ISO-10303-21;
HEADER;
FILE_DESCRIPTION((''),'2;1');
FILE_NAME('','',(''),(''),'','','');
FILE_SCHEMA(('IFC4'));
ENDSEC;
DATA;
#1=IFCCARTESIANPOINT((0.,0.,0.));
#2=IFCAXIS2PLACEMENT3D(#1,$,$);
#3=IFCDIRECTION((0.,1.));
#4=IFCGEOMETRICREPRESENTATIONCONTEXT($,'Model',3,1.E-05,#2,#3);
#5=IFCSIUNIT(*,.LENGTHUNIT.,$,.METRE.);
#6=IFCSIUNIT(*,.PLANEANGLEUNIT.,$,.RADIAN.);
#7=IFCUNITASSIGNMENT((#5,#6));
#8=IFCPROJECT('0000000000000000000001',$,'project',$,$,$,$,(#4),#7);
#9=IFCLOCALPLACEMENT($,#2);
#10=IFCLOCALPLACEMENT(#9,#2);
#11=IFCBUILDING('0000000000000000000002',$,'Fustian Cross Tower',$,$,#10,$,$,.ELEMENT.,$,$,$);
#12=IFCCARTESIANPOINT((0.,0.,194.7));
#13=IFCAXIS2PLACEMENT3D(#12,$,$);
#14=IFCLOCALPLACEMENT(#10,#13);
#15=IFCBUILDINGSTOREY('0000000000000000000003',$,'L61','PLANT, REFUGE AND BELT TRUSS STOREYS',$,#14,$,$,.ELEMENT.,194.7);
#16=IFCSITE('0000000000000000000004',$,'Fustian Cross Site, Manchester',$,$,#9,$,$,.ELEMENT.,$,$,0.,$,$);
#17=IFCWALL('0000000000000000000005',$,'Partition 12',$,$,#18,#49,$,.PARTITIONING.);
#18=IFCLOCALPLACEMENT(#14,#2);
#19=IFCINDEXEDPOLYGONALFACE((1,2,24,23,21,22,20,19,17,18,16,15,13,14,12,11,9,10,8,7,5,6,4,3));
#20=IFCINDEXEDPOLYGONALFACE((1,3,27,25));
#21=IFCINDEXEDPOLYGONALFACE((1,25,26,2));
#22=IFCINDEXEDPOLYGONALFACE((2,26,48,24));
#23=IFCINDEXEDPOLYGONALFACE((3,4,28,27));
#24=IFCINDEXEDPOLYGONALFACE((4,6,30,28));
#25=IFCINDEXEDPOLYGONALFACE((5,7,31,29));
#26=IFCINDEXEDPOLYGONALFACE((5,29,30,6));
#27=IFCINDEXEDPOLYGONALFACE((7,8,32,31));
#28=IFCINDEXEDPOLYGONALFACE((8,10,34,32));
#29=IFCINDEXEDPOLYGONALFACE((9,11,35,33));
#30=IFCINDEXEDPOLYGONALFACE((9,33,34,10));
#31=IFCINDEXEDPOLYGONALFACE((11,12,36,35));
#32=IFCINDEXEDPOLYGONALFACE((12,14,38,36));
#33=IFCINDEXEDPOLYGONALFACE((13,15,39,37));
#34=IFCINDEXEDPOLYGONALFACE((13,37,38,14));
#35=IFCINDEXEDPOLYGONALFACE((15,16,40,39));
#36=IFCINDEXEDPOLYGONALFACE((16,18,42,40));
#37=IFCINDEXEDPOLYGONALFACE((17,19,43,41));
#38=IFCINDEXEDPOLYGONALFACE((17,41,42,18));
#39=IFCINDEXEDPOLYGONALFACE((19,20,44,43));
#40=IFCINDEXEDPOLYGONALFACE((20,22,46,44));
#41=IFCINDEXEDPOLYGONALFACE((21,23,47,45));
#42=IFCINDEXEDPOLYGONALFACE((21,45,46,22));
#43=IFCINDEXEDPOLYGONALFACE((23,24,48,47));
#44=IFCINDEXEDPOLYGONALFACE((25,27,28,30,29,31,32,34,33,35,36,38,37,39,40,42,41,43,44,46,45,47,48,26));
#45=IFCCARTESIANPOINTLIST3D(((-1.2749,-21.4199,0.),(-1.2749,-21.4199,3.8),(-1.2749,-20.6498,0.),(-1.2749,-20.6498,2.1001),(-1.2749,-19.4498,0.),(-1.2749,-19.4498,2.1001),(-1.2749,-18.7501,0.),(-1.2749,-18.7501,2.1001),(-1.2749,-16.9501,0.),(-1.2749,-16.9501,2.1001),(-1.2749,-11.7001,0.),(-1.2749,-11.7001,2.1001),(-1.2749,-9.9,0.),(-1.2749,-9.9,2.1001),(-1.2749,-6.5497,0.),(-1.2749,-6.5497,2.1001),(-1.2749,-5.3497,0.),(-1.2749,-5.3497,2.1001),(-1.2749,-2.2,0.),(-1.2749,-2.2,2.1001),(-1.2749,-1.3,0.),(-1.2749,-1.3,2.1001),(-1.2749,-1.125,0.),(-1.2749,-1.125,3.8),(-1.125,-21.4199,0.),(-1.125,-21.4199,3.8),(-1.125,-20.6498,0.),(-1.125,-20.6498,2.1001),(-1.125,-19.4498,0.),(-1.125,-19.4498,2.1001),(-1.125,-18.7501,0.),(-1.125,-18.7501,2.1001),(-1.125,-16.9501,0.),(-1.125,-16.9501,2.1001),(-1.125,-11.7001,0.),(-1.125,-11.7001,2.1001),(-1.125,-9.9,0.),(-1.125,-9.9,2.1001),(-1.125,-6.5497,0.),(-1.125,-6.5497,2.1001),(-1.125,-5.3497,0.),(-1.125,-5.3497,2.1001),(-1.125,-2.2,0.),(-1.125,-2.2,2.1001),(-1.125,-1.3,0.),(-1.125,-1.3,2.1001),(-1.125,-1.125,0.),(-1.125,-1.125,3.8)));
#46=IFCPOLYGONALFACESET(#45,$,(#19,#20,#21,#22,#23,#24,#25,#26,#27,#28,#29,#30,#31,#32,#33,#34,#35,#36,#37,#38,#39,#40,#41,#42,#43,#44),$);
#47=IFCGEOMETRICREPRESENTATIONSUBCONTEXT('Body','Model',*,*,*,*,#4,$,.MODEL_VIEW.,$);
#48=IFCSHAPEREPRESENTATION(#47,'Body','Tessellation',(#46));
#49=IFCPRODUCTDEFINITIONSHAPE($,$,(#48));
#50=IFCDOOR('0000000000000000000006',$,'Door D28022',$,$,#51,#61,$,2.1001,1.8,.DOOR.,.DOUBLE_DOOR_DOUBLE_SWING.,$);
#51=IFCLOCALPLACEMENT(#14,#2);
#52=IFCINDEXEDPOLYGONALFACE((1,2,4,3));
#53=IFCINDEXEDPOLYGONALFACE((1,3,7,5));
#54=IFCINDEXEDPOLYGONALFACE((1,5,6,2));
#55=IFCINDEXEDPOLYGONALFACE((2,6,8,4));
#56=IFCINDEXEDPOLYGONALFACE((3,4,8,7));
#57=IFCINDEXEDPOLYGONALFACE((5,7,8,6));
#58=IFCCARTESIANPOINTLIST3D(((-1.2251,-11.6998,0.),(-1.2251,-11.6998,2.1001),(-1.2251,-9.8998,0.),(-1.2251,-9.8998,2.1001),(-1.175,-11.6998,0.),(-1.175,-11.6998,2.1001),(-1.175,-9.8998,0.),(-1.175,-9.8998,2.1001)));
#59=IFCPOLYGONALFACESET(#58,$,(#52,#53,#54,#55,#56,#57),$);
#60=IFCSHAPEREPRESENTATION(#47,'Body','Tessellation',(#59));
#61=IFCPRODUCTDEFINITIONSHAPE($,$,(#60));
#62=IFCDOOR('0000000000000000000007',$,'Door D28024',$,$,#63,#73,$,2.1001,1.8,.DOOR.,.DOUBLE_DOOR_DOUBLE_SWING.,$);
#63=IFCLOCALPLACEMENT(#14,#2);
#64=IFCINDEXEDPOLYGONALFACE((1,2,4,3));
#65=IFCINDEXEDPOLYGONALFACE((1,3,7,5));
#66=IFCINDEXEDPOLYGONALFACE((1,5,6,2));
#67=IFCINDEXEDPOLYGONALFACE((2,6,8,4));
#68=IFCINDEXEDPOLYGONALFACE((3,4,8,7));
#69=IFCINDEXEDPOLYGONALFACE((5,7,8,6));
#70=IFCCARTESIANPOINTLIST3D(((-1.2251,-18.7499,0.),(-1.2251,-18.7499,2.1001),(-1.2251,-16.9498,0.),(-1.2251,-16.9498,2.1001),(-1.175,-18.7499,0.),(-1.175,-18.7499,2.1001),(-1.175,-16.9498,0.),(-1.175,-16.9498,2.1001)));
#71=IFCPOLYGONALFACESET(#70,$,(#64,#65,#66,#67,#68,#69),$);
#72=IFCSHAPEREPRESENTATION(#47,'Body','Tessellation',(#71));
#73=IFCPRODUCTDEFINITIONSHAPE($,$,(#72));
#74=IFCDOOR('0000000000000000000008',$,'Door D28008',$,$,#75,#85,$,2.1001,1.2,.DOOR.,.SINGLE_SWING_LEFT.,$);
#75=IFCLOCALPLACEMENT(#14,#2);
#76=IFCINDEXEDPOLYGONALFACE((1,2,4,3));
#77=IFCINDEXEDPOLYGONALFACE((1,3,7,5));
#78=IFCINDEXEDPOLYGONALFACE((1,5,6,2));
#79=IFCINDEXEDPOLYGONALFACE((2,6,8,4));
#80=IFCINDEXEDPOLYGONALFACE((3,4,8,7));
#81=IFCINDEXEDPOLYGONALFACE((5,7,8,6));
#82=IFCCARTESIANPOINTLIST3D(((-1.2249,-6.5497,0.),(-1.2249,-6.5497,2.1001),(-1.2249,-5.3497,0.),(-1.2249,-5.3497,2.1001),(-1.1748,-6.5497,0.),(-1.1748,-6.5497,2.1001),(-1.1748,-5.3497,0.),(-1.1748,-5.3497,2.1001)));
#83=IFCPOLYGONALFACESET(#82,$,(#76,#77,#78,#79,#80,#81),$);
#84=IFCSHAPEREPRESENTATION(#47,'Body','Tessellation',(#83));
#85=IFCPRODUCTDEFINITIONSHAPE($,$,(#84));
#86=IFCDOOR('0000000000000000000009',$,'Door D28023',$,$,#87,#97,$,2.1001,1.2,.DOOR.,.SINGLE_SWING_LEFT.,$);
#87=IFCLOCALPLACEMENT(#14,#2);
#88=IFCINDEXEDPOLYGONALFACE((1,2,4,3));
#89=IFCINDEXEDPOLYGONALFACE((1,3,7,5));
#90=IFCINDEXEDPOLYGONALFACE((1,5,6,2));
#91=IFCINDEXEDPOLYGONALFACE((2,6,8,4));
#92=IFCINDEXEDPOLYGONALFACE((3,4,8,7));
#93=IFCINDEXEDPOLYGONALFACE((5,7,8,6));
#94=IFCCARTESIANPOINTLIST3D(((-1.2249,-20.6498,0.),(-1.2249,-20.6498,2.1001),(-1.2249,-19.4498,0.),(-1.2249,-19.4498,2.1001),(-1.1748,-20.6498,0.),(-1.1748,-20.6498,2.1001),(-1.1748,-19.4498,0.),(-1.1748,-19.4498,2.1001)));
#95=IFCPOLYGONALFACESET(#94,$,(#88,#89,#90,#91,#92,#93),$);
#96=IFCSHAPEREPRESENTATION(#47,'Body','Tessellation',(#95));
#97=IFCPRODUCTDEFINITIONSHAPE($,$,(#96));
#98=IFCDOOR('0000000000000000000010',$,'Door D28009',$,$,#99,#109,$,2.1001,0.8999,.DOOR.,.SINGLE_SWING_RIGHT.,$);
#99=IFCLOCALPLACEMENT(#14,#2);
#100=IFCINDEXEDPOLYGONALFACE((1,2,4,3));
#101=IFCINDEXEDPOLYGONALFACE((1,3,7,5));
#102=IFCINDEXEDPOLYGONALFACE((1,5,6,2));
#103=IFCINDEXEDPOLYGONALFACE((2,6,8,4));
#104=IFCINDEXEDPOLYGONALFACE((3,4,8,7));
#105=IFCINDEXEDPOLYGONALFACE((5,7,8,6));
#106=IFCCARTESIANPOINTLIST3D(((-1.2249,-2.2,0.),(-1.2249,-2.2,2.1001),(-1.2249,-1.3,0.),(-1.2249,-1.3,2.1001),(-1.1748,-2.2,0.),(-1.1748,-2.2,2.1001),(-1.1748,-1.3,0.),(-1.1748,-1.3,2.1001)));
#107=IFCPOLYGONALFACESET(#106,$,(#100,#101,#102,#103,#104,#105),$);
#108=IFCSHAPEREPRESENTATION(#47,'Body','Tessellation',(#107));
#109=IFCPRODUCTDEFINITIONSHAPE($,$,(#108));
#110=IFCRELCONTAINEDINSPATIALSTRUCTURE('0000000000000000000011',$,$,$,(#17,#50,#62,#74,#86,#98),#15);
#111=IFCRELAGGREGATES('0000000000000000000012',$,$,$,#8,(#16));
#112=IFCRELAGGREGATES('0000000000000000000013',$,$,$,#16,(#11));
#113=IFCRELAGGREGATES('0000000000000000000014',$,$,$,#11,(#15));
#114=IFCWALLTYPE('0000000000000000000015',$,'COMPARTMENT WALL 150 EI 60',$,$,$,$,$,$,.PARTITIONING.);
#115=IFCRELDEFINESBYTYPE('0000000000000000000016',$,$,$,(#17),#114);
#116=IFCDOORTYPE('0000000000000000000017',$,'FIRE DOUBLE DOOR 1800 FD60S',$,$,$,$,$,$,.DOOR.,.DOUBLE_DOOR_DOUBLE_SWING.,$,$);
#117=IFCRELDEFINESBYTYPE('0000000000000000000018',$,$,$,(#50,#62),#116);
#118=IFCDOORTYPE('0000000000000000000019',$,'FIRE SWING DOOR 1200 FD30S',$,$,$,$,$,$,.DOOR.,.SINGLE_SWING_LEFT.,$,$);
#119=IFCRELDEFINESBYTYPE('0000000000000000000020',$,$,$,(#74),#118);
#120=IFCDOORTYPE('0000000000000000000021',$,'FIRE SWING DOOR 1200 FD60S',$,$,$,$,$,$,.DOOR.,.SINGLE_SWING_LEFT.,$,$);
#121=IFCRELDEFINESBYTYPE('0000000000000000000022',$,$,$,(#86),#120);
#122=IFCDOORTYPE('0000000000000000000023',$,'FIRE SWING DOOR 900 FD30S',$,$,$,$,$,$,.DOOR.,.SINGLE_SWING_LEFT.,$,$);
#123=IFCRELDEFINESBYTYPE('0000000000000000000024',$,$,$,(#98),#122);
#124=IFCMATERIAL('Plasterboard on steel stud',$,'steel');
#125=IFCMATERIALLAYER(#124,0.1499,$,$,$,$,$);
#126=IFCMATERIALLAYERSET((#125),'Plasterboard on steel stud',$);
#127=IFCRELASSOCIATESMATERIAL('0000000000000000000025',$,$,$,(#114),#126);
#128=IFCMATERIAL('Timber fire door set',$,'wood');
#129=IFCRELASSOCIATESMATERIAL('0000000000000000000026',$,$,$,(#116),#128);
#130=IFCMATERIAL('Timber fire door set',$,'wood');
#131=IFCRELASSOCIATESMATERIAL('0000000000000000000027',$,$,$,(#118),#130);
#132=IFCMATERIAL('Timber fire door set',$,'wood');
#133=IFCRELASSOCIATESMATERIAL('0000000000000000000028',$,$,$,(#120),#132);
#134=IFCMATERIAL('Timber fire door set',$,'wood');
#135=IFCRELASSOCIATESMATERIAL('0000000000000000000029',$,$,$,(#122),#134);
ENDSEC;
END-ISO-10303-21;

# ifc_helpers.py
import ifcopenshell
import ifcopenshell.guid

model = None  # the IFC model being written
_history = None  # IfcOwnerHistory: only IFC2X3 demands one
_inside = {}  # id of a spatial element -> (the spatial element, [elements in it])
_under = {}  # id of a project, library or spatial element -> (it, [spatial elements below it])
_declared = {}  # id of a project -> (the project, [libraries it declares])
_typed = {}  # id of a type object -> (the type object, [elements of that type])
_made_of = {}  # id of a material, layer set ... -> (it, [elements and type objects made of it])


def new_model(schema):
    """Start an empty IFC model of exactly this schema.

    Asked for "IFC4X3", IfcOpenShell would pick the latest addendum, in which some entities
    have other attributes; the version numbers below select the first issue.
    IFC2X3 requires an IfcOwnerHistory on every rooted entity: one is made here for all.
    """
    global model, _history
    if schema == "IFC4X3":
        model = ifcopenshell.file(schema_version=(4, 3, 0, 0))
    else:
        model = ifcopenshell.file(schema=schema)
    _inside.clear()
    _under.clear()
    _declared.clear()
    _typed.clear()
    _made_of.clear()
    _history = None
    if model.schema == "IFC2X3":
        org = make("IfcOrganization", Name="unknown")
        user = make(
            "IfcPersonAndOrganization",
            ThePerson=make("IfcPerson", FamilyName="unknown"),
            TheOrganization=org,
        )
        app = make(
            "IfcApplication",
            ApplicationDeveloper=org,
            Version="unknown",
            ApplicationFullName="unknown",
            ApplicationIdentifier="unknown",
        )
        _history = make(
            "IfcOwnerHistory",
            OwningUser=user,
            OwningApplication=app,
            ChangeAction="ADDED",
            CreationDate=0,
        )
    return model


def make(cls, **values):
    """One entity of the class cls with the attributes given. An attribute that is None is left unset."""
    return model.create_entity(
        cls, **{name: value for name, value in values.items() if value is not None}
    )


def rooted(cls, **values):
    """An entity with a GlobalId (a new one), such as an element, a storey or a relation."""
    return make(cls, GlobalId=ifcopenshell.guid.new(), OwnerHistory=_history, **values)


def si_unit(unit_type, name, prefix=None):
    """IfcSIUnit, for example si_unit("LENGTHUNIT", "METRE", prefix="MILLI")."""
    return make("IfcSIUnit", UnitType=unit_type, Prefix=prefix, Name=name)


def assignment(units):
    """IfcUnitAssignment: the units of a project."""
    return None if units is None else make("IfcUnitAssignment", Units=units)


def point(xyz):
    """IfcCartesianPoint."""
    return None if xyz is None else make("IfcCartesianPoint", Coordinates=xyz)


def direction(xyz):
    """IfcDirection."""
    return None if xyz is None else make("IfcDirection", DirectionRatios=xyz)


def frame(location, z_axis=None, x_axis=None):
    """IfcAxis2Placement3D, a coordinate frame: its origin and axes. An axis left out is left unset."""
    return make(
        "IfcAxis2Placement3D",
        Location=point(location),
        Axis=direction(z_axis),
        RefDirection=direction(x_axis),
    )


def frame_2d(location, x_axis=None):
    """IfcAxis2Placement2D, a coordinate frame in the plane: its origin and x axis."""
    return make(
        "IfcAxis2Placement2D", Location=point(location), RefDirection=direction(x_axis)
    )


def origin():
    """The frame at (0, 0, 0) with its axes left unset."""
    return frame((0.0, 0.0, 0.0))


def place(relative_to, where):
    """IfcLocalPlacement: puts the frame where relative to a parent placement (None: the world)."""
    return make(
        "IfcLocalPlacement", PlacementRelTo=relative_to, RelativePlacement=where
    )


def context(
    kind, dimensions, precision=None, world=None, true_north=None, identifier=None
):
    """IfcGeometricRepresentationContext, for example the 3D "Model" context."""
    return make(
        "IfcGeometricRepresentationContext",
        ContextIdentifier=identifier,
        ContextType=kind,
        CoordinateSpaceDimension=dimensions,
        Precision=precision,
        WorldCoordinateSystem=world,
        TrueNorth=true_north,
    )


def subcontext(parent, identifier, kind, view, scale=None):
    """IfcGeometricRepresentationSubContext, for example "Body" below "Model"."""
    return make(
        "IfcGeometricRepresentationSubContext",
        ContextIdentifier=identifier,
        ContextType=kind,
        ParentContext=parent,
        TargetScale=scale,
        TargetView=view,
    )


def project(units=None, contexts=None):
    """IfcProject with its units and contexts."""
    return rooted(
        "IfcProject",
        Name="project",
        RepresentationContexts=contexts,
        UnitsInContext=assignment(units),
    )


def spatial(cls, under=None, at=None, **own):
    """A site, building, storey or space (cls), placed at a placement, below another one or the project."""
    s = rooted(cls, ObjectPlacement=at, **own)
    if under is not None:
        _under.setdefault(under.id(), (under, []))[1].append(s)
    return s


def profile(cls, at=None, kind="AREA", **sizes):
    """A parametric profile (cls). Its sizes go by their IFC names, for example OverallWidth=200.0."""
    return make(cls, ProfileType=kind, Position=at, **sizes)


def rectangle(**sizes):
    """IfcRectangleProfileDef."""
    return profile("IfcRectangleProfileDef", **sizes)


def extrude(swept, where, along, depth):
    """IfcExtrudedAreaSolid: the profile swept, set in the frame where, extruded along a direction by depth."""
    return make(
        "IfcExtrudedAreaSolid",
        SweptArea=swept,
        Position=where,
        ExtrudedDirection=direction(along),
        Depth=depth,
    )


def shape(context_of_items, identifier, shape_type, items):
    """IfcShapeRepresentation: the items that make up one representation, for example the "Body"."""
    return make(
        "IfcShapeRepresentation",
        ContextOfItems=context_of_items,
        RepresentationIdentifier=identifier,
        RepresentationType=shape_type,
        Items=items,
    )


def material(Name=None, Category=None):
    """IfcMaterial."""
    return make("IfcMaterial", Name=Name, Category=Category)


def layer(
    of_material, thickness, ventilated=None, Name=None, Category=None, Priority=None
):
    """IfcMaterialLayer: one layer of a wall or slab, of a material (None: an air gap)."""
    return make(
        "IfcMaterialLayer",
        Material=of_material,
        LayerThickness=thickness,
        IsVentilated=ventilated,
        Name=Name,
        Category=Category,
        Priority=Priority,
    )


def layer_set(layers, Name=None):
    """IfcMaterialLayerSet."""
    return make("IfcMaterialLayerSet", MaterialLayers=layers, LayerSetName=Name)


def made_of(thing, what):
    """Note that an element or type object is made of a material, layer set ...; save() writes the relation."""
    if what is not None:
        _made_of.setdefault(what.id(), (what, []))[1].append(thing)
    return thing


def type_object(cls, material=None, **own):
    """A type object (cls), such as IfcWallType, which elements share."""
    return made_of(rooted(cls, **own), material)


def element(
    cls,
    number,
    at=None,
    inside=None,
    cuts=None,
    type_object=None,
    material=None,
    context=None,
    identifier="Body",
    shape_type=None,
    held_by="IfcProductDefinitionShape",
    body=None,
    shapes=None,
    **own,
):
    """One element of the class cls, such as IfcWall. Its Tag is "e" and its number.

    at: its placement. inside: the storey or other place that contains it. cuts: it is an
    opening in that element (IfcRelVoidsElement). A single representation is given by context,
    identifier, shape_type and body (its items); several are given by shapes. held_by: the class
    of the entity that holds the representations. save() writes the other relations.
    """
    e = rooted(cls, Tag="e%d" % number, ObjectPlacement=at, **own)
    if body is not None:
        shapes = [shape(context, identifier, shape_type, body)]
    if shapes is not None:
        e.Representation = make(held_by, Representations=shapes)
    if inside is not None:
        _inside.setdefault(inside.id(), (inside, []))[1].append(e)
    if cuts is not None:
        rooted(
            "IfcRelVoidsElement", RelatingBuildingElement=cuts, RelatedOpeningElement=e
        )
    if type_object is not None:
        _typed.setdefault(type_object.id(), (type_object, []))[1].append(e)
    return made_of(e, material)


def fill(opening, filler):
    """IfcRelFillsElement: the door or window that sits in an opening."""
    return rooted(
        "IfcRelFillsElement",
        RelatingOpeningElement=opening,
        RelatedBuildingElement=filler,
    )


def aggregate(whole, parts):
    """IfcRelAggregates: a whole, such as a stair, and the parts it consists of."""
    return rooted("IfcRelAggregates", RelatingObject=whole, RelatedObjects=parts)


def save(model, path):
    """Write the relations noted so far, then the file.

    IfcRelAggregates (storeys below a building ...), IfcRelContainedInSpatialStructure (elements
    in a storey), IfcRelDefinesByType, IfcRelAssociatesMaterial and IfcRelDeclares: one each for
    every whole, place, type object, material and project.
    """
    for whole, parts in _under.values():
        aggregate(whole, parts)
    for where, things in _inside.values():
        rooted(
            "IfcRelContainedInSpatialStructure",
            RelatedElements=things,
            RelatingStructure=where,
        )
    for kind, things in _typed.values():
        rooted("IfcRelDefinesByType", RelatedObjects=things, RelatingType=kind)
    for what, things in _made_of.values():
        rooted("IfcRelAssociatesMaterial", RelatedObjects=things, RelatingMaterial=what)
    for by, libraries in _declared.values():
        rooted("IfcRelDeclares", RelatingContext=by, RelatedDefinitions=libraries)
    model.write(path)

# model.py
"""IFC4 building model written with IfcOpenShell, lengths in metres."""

from ifc_helpers import new_model, si_unit, direction, frame, frame_2d, origin, place, context, subcontext, project, spatial, rectangle, extrude, material, layer, layer_set, type_object, element, fill, save


model = new_model("IFC4")

# Units and contexts
model_context = context("Model", 3, precision=1e-05, world=origin(), true_north=direction((0.0, 1.0)))
body_context = subcontext(model_context, "Body", "Model", "MODEL_VIEW")
ifc_project = project(units=[si_unit("LENGTHUNIT", "METRE"), si_unit("PLANEANGLEUNIT", "RADIAN")], contexts=[model_context])

# Site, building, storey
site_placement = place(None, origin())
site = spatial("IfcSite", under=ifc_project, at=site_placement, Name="Fustian Cross Site, Manchester", CompositionType="ELEMENT", RefElevation=0.0)
building_placement = place(site_placement, origin())
building = spatial("IfcBuilding", under=site, at=building_placement, Name="Fustian Cross Tower", CompositionType="ELEMENT")
storey_placement = place(building_placement, frame((0.0, 0.0, 194.7)))
storey = spatial("IfcBuildingStorey", under=building, at=storey_placement, Name="L61", Description="PLANT, REFUGE AND BELT TRUSS STOREYS", CompositionType="ELEMENT", Elevation=194.7)

# Wall, openings, doors
ifc_material_1 = material(Name="Plasterboard on steel stud", Category="steel")
ifc_layer_1 = layer(ifc_material_1, 0.1499)
ifc_layer_set_1 = layer_set([ifc_layer_1], Name="Plasterboard on steel stud")
wall_type_1 = type_object("IfcWallType", Name="COMPARTMENT WALL 150 EI 60", PredefinedType="PARTITIONING", material=ifc_layer_set_1)
wall_1_placement = place(storey_placement, frame((-1.2, -21.4199, 0.0), z_axis=(0.0, 0.0, 1.0), x_axis=(0.0, 1.0, 0.0)))
wall_1 = element("IfcWall", 1, at=wall_1_placement, inside=storey, type_object=wall_type_1, Name="Partition 12", PredefinedType="PARTITIONING", context=body_context, shape_type="SweptSolid", body=[
    extrude(rectangle(XDim=20.2949, YDim=0.1499, at=frame_2d((10.1475, 0.0))), origin(), (0.0, 0.0, 1.0), 3.8),
])
opening_1_placement = place(wall_1_placement, frame((14.8701, 0.0, 0.0)))
opening_1 = element("IfcOpeningElement", 2, at=opening_1_placement, cuts=wall_1, PredefinedType="OPENING", context=body_context, shape_type="SweptSolid", body=[
    extrude(rectangle(XDim=1.2, YDim=2.1001, at=frame_2d((0.6001, 1.05))), frame((0.0, 0.085, 0.0), z_axis=(0.0, -1.0, 0.0), x_axis=(1.0, 0.0, 0.0)), (0.0, 0.0, 1.0), 0.1699),
])
opening_2_placement = place(wall_1_placement, frame((19.22, 0.0, 0.0)))
opening_2 = element("IfcOpeningElement", 3, at=opening_2_placement, cuts=wall_1, PredefinedType="OPENING", context=body_context, shape_type="SweptSolid", body=[
    extrude(rectangle(XDim=0.8999, YDim=2.1001, at=frame_2d((0.45, 1.05))), frame((0.0, 0.085, 0.0), z_axis=(0.0, -1.0, 0.0), x_axis=(1.0, 0.0, 0.0)), (0.0, 0.0, 1.0), 0.1699),
])
opening_3_placement = place(wall_1_placement, frame((9.72, 0.0, 0.0)))
opening_3 = element("IfcOpeningElement", 4, at=opening_3_placement, cuts=wall_1, PredefinedType="OPENING", context=body_context, shape_type="SweptSolid", body=[
    extrude(rectangle(XDim=1.8, YDim=2.1001, at=frame_2d((0.8999, 1.05))), frame((0.0, 0.085, 0.0), z_axis=(0.0, -1.0, 0.0), x_axis=(1.0, 0.0, 0.0)), (0.0, 0.0, 1.0), 0.1699),
])
opening_4_placement = place(wall_1_placement, frame((0.77, 0.0, 0.0)))
opening_4 = element("IfcOpeningElement", 5, at=opening_4_placement, cuts=wall_1, PredefinedType="OPENING", context=body_context, shape_type="SweptSolid", body=[
    extrude(rectangle(XDim=1.2, YDim=2.1001, at=frame_2d((0.6001, 1.05))), frame((0.0, 0.085, 0.0), z_axis=(0.0, -1.0, 0.0), x_axis=(1.0, 0.0, 0.0)), (0.0, 0.0, 1.0), 0.1699),
])
opening_5_placement = place(wall_1_placement, frame((2.6699, 0.0, 0.0)))
opening_5 = element("IfcOpeningElement", 6, at=opening_5_placement, cuts=wall_1, PredefinedType="OPENING", context=body_context, shape_type="SweptSolid", body=[
    extrude(rectangle(XDim=1.8, YDim=2.1001, at=frame_2d((0.8999, 1.05))), frame((0.0, 0.085, 0.0), z_axis=(0.0, -1.0, 0.0), x_axis=(1.0, 0.0, 0.0)), (0.0, 0.0, 1.0), 0.1699),
])
ifc_material_2 = material(Name="Timber fire door set", Category="wood")
door_type_1 = type_object("IfcDoorType", Name="FIRE DOUBLE DOOR 1800 FD60S", OperationType="DOUBLE_DOOR_DOUBLE_SWING", PredefinedType="DOOR", material=ifc_material_2)
door_1_placement = place(opening_3_placement, frame((1.8, 0.0, 0.0), z_axis=(0.0, 0.0, 1.0), x_axis=(-1.0, 0.0, 0.0)))
door_1 = element("IfcDoor", 7, at=door_1_placement, inside=storey, type_object=door_type_1, Name="Door D28022", OperationType="DOUBLE_DOOR_DOUBLE_SWING", OverallHeight=2.1001, OverallWidth=1.8, PredefinedType="DOOR", context=body_context, shape_type="SweptSolid", body=[
    extrude(rectangle(XDim=1.8, YDim=2.1001, at=frame_2d((0.8999, 1.05))), frame((0.0, 0.0249, 0.0), z_axis=(0.0, -1.0, 0.0), x_axis=(1.0, 0.0, 0.0)), (0.0, 0.0, 1.0), 0.05),
])
fill(opening_3, door_1)
door_2_placement = place(opening_5_placement, frame((1.8, 0.0, 0.0), z_axis=(0.0, 0.0, 1.0), x_axis=(-1.0, 0.0, 0.0)))
door_2 = element("IfcDoor", 8, at=door_2_placement, inside=storey, type_object=door_type_1, Name="Door D28024", OperationType="DOUBLE_DOOR_DOUBLE_SWING", OverallHeight=2.1001, OverallWidth=1.8, PredefinedType="DOOR", context=body_context, shape_type="SweptSolid", body=[
    extrude(rectangle(XDim=1.8, YDim=2.1001, at=frame_2d((0.8999, 1.05))), frame((0.0, 0.0249, 0.0), z_axis=(0.0, -1.0, 0.0), x_axis=(1.0, 0.0, 0.0)), (0.0, 0.0, 1.0), 0.05),
])
fill(opening_5, door_2)
ifc_material_3 = material(Name="Timber fire door set", Category="wood")
door_type_2 = type_object("IfcDoorType", Name="FIRE SWING DOOR 1200 FD30S", OperationType="SINGLE_SWING_LEFT", PredefinedType="DOOR", material=ifc_material_3)
door_3_placement = place(opening_1_placement, origin())
door_3 = element("IfcDoor", 9, at=door_3_placement, inside=storey, type_object=door_type_2, Name="Door D28008", OperationType="SINGLE_SWING_LEFT", OverallHeight=2.1001, OverallWidth=1.2, PredefinedType="DOOR", context=body_context, shape_type="SweptSolid", body=[
    extrude(rectangle(XDim=1.2, YDim=2.1001, at=frame_2d((0.6001, 1.05))), frame((0.0, 0.0249, 0.0), z_axis=(0.0, -1.0, 0.0), x_axis=(1.0, 0.0, 0.0)), (0.0, 0.0, 1.0), 0.05),
])
fill(opening_1, door_3)
ifc_material_4 = material(Name="Timber fire door set", Category="wood")
door_type_3 = type_object("IfcDoorType", Name="FIRE SWING DOOR 1200 FD60S", OperationType="SINGLE_SWING_LEFT", PredefinedType="DOOR", material=ifc_material_4)
door_4_placement = place(opening_4_placement, origin())
door_4 = element("IfcDoor", 10, at=door_4_placement, inside=storey, type_object=door_type_3, Name="Door D28023", OperationType="SINGLE_SWING_LEFT", OverallHeight=2.1001, OverallWidth=1.2, PredefinedType="DOOR", context=body_context, shape_type="SweptSolid", body=[
    extrude(rectangle(XDim=1.2, YDim=2.1001, at=frame_2d((0.6001, 1.05))), frame((0.0, 0.0249, 0.0), z_axis=(0.0, -1.0, 0.0), x_axis=(1.0, 0.0, 0.0)), (0.0, 0.0, 1.0), 0.05),
])
fill(opening_4, door_4)
ifc_material_5 = material(Name="Timber fire door set", Category="wood")
door_type_4 = type_object("IfcDoorType", Name="FIRE SWING DOOR 900 FD30S", OperationType="SINGLE_SWING_LEFT", PredefinedType="DOOR", material=ifc_material_5)
door_5_placement = place(opening_2_placement, origin())
door_5 = element("IfcDoor", 11, at=door_5_placement, inside=storey, type_object=door_type_4, Name="Door D28009", OperationType="SINGLE_SWING_RIGHT", OverallHeight=2.1001, OverallWidth=0.8999, PredefinedType="DOOR", context=body_context, shape_type="SweptSolid", body=[
    extrude(rectangle(XDim=0.8999, YDim=2.1001, at=frame_2d((0.45, 1.05))), frame((0.0, 0.0249, 0.0), z_axis=(0.0, -1.0, 0.0), x_axis=(1.0, 0.0, 0.0)), (0.0, 0.0, 1.0), 0.05),
])
fill(opening_2, door_5)

save(model, "model.ifc")
